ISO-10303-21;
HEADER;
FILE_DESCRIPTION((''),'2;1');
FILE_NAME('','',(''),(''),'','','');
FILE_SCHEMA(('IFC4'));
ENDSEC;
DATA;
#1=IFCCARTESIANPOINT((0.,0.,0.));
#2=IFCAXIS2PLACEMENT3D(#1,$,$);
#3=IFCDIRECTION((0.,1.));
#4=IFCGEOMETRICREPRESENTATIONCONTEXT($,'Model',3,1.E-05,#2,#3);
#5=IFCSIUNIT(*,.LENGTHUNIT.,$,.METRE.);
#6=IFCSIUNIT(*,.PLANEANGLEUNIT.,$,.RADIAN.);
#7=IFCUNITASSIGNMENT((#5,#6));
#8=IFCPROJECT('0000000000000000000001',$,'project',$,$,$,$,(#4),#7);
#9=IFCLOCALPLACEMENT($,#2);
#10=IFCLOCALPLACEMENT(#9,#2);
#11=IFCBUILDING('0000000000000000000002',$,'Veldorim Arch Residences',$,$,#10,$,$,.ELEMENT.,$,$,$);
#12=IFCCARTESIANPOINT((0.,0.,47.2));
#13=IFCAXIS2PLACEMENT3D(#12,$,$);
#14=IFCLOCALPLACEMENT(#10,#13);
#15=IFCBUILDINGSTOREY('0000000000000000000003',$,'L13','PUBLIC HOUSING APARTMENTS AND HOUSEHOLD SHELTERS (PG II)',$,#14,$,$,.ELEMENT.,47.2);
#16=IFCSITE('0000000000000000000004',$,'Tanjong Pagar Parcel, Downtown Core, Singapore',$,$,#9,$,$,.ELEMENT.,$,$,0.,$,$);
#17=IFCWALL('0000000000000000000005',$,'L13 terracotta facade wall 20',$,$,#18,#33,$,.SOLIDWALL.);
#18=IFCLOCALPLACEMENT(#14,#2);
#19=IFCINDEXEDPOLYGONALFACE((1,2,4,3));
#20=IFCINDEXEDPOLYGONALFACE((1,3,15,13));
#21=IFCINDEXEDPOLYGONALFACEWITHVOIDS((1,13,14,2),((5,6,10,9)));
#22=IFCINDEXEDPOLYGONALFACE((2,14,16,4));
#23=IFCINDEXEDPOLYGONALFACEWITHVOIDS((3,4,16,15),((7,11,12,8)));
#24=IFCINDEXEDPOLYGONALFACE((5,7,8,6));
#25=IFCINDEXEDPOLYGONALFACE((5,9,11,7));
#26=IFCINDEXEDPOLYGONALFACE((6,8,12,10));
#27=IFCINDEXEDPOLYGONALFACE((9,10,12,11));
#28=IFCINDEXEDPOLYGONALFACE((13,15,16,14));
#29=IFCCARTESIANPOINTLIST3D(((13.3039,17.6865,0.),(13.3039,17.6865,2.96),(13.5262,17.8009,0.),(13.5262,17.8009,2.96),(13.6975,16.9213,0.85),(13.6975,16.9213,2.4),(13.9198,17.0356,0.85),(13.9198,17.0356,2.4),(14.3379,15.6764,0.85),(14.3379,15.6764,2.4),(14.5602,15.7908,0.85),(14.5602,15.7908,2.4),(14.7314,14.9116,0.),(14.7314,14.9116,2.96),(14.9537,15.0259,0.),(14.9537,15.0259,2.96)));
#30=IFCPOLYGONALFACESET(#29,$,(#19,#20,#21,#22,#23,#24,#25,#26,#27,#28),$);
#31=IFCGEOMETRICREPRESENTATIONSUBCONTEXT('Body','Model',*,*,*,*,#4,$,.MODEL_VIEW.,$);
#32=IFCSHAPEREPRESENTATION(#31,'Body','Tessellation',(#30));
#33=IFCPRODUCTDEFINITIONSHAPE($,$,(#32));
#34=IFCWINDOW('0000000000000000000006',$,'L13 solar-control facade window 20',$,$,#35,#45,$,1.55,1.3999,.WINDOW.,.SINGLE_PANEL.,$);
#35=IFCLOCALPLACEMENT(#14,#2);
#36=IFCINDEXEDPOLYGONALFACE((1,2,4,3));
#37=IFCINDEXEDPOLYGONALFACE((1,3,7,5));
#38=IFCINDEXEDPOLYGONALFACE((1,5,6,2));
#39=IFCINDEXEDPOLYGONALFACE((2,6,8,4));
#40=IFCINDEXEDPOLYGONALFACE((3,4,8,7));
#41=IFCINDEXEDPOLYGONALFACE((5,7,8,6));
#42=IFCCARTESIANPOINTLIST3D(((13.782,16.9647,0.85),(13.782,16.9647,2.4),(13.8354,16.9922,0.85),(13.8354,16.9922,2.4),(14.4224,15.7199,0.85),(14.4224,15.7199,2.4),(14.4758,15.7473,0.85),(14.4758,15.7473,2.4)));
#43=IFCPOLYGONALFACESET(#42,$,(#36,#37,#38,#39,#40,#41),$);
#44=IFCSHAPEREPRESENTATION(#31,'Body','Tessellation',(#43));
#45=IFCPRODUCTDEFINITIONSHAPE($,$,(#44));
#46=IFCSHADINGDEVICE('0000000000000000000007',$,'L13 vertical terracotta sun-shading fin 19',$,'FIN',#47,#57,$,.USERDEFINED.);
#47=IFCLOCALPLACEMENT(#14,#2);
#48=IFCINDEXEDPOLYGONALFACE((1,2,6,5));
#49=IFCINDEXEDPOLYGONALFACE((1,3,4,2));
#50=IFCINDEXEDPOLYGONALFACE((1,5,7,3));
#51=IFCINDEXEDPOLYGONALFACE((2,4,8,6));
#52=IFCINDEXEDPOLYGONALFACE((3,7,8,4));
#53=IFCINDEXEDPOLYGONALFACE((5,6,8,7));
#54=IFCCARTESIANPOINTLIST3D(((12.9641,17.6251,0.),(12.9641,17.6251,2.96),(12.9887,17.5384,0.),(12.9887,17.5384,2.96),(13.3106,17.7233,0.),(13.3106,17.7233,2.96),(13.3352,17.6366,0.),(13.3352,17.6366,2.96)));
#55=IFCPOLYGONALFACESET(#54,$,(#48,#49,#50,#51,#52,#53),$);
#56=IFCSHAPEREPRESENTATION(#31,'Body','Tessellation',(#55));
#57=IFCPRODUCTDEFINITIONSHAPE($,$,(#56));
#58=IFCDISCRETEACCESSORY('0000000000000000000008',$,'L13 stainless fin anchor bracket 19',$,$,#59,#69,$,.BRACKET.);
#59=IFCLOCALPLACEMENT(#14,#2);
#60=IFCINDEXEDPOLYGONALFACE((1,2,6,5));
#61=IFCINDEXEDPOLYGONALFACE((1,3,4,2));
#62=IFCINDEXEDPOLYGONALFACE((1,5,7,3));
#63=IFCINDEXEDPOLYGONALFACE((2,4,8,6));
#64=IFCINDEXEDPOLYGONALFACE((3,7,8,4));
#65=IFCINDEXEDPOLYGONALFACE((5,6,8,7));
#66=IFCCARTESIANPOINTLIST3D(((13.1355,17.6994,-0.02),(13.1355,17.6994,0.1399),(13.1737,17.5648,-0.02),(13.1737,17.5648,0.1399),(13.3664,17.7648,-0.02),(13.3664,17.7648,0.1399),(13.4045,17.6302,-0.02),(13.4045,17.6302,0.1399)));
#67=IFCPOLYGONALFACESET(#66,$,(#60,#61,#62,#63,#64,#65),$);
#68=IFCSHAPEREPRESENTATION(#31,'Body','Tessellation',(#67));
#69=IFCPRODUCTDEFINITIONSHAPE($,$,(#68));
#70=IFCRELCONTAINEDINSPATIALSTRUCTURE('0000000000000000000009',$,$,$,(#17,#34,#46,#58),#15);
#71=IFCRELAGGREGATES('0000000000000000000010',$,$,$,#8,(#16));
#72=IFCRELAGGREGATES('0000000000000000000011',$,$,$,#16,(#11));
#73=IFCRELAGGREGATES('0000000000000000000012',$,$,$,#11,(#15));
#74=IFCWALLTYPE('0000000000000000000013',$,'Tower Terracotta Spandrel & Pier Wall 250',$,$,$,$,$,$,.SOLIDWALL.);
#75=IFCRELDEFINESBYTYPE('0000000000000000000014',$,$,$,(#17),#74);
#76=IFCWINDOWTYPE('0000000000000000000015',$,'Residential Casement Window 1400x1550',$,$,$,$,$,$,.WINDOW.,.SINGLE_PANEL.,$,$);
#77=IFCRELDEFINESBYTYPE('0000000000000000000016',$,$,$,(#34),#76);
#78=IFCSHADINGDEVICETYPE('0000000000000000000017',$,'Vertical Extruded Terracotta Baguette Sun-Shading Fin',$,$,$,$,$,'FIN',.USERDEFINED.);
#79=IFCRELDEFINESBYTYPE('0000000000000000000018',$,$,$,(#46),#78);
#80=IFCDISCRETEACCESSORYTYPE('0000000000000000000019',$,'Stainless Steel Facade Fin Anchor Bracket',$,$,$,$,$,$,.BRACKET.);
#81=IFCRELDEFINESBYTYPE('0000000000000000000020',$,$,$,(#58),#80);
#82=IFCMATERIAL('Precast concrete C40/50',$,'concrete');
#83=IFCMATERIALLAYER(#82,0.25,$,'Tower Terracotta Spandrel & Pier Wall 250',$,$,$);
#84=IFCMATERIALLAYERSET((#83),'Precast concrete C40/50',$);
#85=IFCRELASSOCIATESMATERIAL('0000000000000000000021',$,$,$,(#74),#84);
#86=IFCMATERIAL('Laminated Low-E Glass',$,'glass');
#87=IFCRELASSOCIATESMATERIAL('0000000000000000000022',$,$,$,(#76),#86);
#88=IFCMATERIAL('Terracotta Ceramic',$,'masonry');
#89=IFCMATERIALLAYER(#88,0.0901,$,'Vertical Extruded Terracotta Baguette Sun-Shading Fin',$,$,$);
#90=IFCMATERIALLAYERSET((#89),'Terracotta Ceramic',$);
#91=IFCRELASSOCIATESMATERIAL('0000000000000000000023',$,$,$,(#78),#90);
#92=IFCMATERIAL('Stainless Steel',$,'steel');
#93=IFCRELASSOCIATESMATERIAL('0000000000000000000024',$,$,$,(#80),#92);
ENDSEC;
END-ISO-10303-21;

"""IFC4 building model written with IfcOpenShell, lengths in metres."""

from ifc_helpers import new_model, si_unit, direction, frame, frame_2d, origin, origin_2d, place, context, subcontext, project, spatial, rectangle, extrude, material, layer, layer_set, type_object, element, fill, save


model = new_model("IFC4")

# Units and contexts
model_context = context("Model", 3, precision=1e-05, world=origin(), true_north=direction((0.0, 1.0)))
body_context = subcontext(model_context, "Body", "Model", "MODEL_VIEW")
ifc_project = project(units=[si_unit("LENGTHUNIT", "METRE"), si_unit("PLANEANGLEUNIT", "RADIAN")], contexts=[model_context])

# Site, building, storey
site_placement = place(None, origin())
site = spatial("IfcSite", under=ifc_project, at=site_placement, Name="Tanjong Pagar Parcel, Downtown Core, Singapore", CompositionType="ELEMENT", RefElevation=0.0)
building_placement = place(site_placement, origin())
building = spatial("IfcBuilding", under=site, at=building_placement, Name="Veldorim Arch Residences", CompositionType="ELEMENT")
storey_placement = place(building_placement, frame((0.0, 0.0, 47.2)))
storey = spatial("IfcBuildingStorey", under=building, at=storey_placement, Name="L13", Description="PUBLIC HOUSING APARTMENTS AND HOUSEHOLD SHELTERS (PG II)", CompositionType="ELEMENT", Elevation=47.2)

# Wall, opening, window
ifc_material_1 = material(Name="Precast concrete C40/50", Category="concrete")
ifc_layer_1 = layer(ifc_material_1, 0.25, Name="Tower Terracotta Spandrel & Pier Wall 250")
ifc_layer_set_1 = layer_set([ifc_layer_1], Name="Precast concrete C40/50")
wall_type_1 = type_object("IfcWallType", Name="Tower Terracotta Spandrel & Pier Wall 250", PredefinedType="SOLIDWALL", material=ifc_layer_set_1)
ifc_material_2 = material(Name="Laminated Low-E Glass", Category="glass")
window_type = type_object("IfcWindowType", Name="Residential Casement Window 1400x1550", PartitioningType="SINGLE_PANEL", PredefinedType="WINDOW", material=ifc_material_2)
wall_1_placement = place(storey_placement, frame((14.8425, 14.9688, 0.0), z_axis=(0.0, 0.0, 1.0), x_axis=(-0.457449, 0.889236, 0.0)))
wall_1 = element("IfcWall", 1, at=wall_1_placement, inside=storey, type_object=wall_type_1, Name="L13 terracotta facade wall 20", PredefinedType="SOLIDWALL", context=body_context, shape_type="SweptSolid", body=[
    extrude(rectangle(XDim=3.1206, YDim=0.25, at=frame_2d((1.5603, 0.0))), origin(), (0.0, 0.0, 1.0), 2.96),
])
opening_1_placement = place(wall_1_placement, frame((0.8601, 0.0, 0.8501)))
opening_1 = element("IfcOpeningElement", 2, at=opening_1_placement, cuts=wall_1, PredefinedType="OPENING", context=body_context, shape_type="SweptSolid", body=[
    extrude(rectangle(XDim=1.3999, YDim=1.55, at=frame_2d((0.7, 0.7749))), frame((0.0, 0.135, 0.0), z_axis=(0.0, -1.0, 0.0), x_axis=(1.0, 0.0, 0.0)), (0.0, 0.0, 1.0), 0.27),
])
window_1_placement = place(opening_1_placement, origin())
window_1 = element("IfcWindow", 3, at=window_1_placement, inside=storey, type_object=window_type, Name="L13 solar-control facade window 20", OverallHeight=1.55, OverallWidth=1.3999, PartitioningType="SINGLE_PANEL", PredefinedType="WINDOW", context=body_context, shape_type="SweptSolid", body=[
    extrude(rectangle(XDim=1.3999, YDim=1.55, at=frame_2d((0.7, 0.7749))), frame((0.0, 0.03, 0.0), z_axis=(0.0, -1.0, 0.0), x_axis=(1.0, 0.0, 0.0)), (0.0, 0.0, 1.0), 0.0601),
])
fill(opening_1, window_1)

# Shading device
ifc_material_3 = material(Name="Terracotta Ceramic", Category="masonry")
ifc_layer_2 = layer(ifc_material_3, 0.0901, Name="Vertical Extruded Terracotta Baguette Sun-Shading Fin")
ifc_layer_set_2 = layer_set([ifc_layer_2], Name="Terracotta Ceramic")
shading_device_type = type_object("IfcShadingDeviceType", Name="Vertical Extruded Terracotta Baguette Sun-Shading Fin", ElementType="FIN", PredefinedType="USERDEFINED", material=ifc_layer_set_2)
shading_device_placement = place(storey_placement, frame((13.1497, 17.6309, 0.0), z_axis=(0.0, 0.0, 1.0), x_axis=(-0.272784, 0.962075, 0.0)))
element("IfcShadingDevice", 4, at=shading_device_placement, inside=storey, type_object=shading_device_type, Name="L13 vertical terracotta sun-shading fin 19", ObjectType="FIN", PredefinedType="USERDEFINED", context=body_context, shape_type="SweptSolid", body=[
    extrude(rectangle(XDim=0.0901, YDim=0.3601, at=origin_2d()), origin(), (0.0, 0.0, 1.0), 2.96),
])

# Discrete accessory
ifc_material_4 = material(Name="Stainless Steel", Category="steel")
discrete_accessory_type = type_object("IfcDiscreteAccessoryType", Name="Stainless Steel Facade Fin Anchor Bracket", PredefinedType="BRACKET", material=ifc_material_4)
discrete_accessory_placement = place(storey_placement, frame((13.27, 17.6648, -0.02), z_axis=(0.0, 0.0, 1.0), x_axis=(-0.272784, 0.962075, 0.0)))
element("IfcDiscreteAccessory", 5, at=discrete_accessory_placement, inside=storey, type_object=discrete_accessory_type, Name="L13 stainless fin anchor bracket 19", PredefinedType="BRACKET", context=body_context, shape_type="SweptSolid", body=[
    extrude(rectangle(XDim=0.1399, YDim=0.24, at=origin_2d()), origin(), (0.0, 0.0, 1.0), 0.1599),
])

save(model, "model.ifc")
